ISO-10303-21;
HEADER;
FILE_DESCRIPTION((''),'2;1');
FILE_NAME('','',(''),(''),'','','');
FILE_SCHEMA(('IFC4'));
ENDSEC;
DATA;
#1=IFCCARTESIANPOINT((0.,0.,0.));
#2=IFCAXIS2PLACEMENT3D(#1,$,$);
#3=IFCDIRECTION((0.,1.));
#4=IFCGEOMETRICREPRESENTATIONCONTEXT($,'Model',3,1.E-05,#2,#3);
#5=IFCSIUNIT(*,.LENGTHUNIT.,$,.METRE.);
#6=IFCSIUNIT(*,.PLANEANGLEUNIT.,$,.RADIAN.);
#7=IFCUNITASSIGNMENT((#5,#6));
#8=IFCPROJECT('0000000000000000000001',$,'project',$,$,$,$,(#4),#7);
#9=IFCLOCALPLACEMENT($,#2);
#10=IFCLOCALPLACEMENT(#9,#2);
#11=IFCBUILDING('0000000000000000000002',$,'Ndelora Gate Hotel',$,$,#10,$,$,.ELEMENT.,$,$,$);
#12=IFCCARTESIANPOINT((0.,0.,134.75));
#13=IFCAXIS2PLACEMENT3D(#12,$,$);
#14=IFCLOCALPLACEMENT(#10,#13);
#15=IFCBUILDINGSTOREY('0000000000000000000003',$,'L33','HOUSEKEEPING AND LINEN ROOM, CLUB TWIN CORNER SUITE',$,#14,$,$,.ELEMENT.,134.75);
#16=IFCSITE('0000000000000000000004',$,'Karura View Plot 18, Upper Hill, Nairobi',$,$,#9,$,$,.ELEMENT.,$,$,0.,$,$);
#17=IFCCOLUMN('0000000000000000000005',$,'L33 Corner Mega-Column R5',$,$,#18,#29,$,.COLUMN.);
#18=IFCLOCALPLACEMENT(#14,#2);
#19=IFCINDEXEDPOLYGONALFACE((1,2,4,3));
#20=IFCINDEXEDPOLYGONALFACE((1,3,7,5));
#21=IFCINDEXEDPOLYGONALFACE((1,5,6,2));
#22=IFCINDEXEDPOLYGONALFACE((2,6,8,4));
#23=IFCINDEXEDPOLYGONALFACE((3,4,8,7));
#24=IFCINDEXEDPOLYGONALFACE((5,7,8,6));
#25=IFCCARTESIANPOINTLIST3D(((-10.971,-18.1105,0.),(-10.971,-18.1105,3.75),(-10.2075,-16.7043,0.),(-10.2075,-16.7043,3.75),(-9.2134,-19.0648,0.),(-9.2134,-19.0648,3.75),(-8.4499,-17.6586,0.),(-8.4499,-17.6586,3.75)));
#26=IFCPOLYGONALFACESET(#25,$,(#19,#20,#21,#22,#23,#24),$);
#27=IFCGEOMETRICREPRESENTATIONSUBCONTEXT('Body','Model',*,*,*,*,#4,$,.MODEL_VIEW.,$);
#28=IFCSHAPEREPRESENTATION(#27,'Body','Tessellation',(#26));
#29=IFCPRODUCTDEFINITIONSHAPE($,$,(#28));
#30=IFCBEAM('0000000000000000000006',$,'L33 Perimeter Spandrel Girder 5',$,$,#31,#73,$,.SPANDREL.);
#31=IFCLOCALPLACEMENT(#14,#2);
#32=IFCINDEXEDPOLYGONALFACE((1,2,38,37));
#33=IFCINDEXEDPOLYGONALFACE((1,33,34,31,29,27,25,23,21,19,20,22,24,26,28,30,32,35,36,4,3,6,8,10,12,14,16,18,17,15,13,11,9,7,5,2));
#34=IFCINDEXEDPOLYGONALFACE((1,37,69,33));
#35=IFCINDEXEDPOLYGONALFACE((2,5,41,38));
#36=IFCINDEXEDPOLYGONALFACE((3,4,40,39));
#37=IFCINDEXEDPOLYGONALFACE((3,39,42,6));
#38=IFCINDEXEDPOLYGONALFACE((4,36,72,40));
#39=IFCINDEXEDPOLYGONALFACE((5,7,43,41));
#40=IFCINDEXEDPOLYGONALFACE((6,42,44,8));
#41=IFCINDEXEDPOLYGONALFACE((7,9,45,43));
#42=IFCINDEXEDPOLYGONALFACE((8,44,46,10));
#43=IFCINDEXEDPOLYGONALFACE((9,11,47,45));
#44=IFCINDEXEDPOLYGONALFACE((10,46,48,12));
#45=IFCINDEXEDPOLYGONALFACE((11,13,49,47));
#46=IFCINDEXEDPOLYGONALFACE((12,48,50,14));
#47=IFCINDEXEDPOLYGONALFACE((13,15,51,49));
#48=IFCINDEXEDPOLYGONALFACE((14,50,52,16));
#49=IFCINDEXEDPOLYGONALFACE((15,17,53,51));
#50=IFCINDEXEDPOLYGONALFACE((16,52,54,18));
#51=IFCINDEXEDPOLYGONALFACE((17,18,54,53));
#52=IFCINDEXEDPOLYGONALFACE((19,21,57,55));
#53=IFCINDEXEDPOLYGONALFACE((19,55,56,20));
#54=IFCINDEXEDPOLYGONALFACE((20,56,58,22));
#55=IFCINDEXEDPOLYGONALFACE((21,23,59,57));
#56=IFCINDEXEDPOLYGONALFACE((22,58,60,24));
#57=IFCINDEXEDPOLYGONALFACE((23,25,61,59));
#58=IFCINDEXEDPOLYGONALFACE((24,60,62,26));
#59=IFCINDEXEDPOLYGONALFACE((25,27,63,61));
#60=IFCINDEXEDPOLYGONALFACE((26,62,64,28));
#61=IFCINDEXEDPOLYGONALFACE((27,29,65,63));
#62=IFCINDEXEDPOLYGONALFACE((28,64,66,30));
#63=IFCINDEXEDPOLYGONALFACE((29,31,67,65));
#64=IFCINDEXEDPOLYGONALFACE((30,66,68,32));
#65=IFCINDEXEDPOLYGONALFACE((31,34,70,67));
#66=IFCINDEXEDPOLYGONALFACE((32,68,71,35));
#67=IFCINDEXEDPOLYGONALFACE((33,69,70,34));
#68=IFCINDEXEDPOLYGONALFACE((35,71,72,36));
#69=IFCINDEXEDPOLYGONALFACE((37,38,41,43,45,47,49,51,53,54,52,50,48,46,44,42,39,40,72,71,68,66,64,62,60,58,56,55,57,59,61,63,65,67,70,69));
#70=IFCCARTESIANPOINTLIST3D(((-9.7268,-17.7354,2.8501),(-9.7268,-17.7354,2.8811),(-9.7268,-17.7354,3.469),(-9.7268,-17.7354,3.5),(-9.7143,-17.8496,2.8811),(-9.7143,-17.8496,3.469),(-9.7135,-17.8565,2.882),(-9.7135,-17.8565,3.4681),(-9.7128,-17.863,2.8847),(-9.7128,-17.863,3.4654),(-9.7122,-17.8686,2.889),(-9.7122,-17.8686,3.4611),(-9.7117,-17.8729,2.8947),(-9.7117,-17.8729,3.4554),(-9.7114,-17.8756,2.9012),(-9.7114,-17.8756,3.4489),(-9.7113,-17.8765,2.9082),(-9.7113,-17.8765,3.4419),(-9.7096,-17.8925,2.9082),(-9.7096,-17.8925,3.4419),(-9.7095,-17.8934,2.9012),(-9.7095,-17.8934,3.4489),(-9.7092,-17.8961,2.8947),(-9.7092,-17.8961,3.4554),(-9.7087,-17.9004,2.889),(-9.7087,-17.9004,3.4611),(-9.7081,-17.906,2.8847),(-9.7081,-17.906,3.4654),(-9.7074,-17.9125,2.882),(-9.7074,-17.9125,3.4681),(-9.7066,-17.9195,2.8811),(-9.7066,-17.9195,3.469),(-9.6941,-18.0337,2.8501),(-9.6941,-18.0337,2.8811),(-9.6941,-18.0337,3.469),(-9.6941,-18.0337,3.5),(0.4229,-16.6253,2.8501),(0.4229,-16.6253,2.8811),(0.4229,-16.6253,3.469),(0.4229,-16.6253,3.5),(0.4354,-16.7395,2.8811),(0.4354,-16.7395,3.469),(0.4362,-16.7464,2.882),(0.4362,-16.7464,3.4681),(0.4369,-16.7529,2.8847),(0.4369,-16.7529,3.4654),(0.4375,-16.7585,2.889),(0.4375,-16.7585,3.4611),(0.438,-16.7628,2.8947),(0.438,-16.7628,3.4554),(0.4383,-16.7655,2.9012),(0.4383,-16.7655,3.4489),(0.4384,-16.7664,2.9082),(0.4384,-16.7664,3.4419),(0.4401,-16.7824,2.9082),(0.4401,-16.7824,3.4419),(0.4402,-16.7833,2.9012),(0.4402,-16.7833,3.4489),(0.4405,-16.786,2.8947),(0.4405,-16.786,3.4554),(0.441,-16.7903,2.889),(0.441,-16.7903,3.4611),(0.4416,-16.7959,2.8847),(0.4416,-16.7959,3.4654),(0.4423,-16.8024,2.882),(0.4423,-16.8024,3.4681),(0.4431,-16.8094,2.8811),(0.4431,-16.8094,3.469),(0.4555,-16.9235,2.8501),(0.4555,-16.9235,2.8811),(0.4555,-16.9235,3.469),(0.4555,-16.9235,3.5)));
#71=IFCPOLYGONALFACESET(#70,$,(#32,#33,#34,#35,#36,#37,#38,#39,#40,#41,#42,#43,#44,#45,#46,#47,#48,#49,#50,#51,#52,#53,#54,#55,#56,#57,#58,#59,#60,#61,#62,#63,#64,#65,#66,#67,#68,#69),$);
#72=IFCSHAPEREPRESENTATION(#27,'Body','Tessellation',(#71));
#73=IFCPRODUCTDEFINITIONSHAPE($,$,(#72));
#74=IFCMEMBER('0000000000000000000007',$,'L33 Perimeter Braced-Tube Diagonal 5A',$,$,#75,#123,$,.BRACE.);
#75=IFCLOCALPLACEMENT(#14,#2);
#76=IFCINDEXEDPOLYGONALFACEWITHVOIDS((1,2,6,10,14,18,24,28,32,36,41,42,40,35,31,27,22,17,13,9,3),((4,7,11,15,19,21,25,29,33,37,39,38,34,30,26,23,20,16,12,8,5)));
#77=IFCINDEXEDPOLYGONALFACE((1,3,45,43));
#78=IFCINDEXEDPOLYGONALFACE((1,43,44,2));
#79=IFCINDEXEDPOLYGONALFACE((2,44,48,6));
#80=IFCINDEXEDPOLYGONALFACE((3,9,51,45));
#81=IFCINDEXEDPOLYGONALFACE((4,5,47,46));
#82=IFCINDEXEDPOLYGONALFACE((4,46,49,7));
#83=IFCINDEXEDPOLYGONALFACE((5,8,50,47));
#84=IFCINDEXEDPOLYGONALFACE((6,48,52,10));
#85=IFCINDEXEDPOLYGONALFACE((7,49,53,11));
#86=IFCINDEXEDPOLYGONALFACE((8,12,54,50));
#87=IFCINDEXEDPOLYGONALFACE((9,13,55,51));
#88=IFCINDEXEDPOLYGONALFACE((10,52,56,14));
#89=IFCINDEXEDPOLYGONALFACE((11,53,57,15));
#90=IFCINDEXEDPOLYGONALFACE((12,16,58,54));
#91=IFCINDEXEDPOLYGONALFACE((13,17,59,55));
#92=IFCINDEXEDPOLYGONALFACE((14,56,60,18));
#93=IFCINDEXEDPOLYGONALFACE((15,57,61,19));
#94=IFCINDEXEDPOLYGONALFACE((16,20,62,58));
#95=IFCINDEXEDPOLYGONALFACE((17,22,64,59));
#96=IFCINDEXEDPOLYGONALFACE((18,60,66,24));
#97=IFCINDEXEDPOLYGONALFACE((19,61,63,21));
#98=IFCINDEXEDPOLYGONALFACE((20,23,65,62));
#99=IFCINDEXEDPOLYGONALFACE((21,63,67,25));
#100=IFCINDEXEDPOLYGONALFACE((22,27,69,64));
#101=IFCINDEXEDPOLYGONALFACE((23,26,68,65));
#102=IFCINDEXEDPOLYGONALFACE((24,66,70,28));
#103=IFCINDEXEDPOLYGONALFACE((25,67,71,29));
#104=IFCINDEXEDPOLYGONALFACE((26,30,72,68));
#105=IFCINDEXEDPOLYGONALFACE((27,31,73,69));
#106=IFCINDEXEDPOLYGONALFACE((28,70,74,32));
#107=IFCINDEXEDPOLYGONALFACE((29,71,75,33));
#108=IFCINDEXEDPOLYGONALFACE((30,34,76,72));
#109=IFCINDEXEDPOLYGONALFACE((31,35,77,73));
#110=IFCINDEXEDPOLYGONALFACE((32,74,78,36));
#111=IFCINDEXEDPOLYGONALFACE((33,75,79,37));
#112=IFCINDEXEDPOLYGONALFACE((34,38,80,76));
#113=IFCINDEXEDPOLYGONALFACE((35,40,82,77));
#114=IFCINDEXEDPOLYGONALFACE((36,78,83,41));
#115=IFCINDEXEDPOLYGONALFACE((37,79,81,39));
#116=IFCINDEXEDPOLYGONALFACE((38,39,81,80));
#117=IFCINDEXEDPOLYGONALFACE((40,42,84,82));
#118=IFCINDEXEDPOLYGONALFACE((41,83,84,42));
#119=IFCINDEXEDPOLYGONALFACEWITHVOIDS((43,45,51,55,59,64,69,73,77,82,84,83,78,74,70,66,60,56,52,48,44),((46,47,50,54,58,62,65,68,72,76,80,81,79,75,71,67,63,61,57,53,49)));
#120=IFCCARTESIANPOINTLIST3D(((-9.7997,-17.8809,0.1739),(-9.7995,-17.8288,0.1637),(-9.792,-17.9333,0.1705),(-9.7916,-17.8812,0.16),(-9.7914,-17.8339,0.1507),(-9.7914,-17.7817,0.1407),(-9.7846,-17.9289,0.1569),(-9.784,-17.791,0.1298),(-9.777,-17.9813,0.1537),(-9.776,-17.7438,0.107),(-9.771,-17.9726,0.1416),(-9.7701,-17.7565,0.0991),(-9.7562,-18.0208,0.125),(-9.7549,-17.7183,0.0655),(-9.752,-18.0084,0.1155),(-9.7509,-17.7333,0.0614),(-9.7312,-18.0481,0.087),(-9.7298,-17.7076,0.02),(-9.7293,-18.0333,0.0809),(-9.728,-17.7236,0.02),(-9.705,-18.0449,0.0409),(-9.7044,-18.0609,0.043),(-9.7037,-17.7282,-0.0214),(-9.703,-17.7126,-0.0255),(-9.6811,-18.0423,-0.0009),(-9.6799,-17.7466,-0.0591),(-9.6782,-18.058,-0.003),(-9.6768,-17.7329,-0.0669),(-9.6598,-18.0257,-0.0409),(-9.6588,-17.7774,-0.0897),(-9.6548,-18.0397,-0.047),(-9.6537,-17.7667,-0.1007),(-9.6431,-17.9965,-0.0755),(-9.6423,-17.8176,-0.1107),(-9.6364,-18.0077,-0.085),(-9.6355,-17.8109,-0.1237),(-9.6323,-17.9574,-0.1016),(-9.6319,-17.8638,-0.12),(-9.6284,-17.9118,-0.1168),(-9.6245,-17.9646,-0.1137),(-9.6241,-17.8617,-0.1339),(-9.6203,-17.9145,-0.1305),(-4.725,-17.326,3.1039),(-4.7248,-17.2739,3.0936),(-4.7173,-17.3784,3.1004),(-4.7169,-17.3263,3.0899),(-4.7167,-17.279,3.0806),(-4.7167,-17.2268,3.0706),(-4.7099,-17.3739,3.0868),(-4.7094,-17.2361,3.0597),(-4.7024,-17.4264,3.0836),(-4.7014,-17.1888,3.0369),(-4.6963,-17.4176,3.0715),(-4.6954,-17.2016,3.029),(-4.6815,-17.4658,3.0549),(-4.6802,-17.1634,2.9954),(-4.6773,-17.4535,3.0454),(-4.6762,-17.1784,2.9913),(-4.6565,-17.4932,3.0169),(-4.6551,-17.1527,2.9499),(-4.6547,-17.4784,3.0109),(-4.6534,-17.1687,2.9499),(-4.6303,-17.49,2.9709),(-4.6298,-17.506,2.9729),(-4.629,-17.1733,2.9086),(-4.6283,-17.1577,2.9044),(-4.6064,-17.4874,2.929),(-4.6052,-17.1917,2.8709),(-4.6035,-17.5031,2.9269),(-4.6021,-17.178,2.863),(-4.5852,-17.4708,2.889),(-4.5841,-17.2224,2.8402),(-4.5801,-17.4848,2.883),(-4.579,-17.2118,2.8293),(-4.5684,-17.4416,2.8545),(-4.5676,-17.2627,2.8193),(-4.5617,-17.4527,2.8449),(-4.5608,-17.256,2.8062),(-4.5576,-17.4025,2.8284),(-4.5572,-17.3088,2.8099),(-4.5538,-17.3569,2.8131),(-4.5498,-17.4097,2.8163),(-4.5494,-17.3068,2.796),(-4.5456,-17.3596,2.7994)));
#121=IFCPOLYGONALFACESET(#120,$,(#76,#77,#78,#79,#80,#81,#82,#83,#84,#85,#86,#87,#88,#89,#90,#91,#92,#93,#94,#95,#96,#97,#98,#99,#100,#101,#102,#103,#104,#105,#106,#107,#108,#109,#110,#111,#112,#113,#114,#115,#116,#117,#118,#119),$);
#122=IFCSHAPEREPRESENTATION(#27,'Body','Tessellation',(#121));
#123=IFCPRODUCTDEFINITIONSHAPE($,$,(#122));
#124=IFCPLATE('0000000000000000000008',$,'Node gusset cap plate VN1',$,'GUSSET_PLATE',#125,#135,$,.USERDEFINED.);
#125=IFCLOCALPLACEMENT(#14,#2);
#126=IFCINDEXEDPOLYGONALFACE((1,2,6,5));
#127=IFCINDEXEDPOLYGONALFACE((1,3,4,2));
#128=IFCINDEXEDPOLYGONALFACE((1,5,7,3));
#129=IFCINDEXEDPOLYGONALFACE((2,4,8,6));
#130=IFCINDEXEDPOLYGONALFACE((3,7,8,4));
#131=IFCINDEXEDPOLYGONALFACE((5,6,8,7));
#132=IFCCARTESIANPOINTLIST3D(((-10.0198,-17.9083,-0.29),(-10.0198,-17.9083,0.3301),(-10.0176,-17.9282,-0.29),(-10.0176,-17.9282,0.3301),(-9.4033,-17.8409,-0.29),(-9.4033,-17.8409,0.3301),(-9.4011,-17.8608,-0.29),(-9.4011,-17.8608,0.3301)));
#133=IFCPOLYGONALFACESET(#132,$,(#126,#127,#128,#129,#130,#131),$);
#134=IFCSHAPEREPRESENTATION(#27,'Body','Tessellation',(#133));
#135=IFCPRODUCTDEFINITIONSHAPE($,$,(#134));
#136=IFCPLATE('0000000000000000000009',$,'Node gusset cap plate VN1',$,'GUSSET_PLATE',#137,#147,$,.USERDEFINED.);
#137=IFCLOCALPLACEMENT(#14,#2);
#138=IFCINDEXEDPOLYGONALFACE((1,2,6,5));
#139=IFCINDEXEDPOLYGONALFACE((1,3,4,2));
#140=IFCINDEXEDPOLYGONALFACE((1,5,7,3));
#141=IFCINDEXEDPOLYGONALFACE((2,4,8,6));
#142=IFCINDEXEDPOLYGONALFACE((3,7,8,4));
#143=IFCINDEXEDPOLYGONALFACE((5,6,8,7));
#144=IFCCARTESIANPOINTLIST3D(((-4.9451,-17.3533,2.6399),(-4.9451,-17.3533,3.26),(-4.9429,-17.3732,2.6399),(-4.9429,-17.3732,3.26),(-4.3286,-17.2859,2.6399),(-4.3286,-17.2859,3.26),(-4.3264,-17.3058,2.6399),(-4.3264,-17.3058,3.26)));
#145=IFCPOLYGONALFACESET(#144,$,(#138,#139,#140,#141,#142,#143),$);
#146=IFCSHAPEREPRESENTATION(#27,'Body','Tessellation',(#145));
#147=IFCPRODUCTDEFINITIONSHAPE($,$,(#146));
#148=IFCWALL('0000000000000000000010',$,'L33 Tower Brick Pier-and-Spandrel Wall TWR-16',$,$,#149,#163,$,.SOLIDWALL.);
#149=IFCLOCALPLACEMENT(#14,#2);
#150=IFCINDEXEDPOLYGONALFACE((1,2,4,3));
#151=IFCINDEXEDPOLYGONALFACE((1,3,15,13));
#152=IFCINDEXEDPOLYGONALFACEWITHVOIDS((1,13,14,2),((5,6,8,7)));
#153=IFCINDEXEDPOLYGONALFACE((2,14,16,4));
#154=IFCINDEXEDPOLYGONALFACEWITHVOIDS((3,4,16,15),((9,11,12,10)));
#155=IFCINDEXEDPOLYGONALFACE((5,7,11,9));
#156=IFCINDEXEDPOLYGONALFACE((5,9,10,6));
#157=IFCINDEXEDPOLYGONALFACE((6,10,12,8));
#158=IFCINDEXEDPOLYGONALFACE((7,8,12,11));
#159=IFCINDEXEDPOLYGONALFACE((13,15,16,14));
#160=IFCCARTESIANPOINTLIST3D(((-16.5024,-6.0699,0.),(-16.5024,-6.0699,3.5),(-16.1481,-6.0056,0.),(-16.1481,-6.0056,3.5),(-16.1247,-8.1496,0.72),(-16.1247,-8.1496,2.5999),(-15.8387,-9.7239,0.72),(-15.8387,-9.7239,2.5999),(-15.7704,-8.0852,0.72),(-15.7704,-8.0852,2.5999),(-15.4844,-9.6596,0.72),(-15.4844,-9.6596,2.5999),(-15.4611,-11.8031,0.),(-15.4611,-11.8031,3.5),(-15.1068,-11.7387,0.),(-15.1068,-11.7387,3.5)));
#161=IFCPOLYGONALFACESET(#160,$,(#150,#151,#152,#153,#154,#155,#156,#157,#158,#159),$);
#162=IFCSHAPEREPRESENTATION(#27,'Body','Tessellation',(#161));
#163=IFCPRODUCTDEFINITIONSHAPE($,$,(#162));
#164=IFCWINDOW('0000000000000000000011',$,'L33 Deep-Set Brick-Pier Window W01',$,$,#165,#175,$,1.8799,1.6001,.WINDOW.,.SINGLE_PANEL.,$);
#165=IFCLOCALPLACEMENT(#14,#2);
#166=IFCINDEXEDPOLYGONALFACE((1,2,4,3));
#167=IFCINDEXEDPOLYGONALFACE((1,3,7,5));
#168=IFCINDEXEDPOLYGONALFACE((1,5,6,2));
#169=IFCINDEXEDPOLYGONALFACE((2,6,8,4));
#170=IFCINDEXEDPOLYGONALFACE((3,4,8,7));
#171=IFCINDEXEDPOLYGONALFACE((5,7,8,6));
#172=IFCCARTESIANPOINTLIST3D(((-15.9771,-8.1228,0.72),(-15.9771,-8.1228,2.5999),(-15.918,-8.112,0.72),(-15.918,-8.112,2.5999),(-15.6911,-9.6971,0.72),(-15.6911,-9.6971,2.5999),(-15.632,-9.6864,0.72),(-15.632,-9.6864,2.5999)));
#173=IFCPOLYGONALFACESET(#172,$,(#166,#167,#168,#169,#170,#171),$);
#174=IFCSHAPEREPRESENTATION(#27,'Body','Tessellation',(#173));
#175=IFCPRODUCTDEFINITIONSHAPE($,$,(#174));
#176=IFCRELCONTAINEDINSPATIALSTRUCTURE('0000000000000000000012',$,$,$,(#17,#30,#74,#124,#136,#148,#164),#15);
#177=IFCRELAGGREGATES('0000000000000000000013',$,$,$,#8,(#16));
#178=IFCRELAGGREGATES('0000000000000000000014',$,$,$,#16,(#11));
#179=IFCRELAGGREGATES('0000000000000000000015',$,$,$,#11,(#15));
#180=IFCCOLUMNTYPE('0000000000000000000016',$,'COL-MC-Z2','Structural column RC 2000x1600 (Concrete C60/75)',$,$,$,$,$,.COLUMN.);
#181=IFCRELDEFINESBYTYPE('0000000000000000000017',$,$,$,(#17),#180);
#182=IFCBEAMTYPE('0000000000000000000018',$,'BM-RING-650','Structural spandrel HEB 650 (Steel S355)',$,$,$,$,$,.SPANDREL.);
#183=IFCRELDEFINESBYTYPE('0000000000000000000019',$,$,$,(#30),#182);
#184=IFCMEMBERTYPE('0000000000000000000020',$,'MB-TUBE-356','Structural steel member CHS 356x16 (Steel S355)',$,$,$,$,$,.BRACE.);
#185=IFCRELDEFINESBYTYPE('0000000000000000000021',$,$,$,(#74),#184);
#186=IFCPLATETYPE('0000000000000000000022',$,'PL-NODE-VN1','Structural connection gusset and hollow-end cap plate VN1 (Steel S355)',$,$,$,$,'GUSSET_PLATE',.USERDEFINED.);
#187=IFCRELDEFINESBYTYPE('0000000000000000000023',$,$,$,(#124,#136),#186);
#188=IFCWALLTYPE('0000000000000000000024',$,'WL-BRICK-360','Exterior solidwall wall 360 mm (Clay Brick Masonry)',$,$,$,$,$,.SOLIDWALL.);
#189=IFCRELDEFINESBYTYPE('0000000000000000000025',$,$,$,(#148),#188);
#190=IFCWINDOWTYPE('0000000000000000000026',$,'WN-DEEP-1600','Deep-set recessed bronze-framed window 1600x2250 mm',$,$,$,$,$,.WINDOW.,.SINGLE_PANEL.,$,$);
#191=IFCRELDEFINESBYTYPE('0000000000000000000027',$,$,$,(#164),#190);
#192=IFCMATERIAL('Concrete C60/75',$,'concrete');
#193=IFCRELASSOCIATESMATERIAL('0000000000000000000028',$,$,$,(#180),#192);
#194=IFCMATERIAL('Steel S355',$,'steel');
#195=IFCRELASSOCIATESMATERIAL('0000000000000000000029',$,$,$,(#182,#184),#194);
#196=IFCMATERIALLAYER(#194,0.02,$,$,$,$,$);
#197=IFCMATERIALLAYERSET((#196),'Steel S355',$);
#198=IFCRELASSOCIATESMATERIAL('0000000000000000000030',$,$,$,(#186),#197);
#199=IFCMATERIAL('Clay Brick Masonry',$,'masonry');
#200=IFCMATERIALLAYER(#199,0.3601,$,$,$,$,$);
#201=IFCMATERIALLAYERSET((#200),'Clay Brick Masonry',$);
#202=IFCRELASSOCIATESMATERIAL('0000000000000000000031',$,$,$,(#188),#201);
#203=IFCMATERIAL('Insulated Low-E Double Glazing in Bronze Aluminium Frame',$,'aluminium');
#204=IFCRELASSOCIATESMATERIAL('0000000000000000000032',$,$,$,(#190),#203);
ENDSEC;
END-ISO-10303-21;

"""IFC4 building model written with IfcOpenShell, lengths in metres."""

from ifc_helpers import new_model, si_unit, direction, frame, frame_2d, origin, origin_2d, place, context, subcontext, project, spatial, rectangle, hollow_circle, i_section, extrude, material, layer, layer_set, material_profile, profile_set, type_object, element, fill, save


model = new_model("IFC4")

# Units and contexts
model_context = context("Model", 3, precision=1e-05, world=origin(), true_north=direction((0.0, 1.0)))
body_context = subcontext(model_context, "Body", "Model", "MODEL_VIEW")
ifc_project = project(units=[si_unit("LENGTHUNIT", "METRE"), si_unit("PLANEANGLEUNIT", "RADIAN")], contexts=[model_context])

# Site, building, storey
site_placement = place(None, origin())
site = spatial("IfcSite", under=ifc_project, at=site_placement, Name="Karura View Plot 18, Upper Hill, Nairobi", CompositionType="ELEMENT", RefElevation=0.0)
building_placement = place(site_placement, origin())
building = spatial("IfcBuilding", under=site, at=building_placement, Name="Ndelora Gate Hotel", CompositionType="ELEMENT")
storey_placement = place(building_placement, frame((0.0, 0.0, 134.75)))
storey = spatial("IfcBuildingStorey", under=building, at=storey_placement, Name="L33", Description="HOUSEKEEPING AND LINEN ROOM, CLUB TWIN CORNER SUITE", CompositionType="ELEMENT", Elevation=134.75)

# Column
ifc_material_1 = material(Name="Concrete C60/75", Category="concrete")
ifc_material_profile_1 = material_profile(ifc_material_1, rectangle(XDim=1.6001, YDim=2.0, at=origin_2d()), Name="RC 2000x1600")
ifc_profile_set_1 = profile_set([ifc_material_profile_1], Name="Concrete C60/75")
column_type = type_object("IfcColumnType", Name="COL-MC-Z2", Description="Structural column RC 2000x1600 (Concrete C60/75)", PredefinedType="COLUMN", material=ifc_profile_set_1)
column_placement = place(storey_placement, frame((-9.7104, -17.8845, 0.0), z_axis=(0.0, 0.0, 1.0), x_axis=(0.477159, 0.878817, 0.0)))
element("IfcColumn", 1, at=column_placement, inside=storey, type_object=column_type, Name="L33 Corner Mega-Column R5", PredefinedType="COLUMN", context=body_context, shape_type="SweptSolid", body=[
    extrude(rectangle(XDim=1.6001, YDim=2.0, at=origin_2d()), origin(), (0.0, 0.0, 1.0), 3.75),
])

# Beam
ifc_material_2 = material(Name="Steel S355", Category="steel")
ifc_material_profile_2 = material_profile(ifc_material_2, i_section(OverallWidth=0.3, OverallDepth=0.6499, WebThickness=0.0161, FlangeThickness=0.031, FilletRadius=0.0271, at=origin_2d()), Name="HEB 650")
ifc_profile_set_2 = profile_set([ifc_material_profile_2], Name="Steel S355")
beam_type = type_object("IfcBeamType", Name="BM-RING-650", Description="Structural spandrel HEB 650 (Steel S355)", PredefinedType="SPANDREL", material=ifc_profile_set_2)
beam_placement = place(storey_placement, frame((-9.7104, -17.8845, 3.175), z_axis=(0.994072, 0.108725, 0.0), x_axis=(-0.108725, 0.994072, 0.0)))
element("IfcBeam", 2, at=beam_placement, inside=storey, type_object=beam_type, Name="L33 Perimeter Spandrel Girder 5", PredefinedType="SPANDREL", context=body_context, shape_type="SweptSolid", body=[
    extrude(i_section(OverallWidth=0.3, OverallDepth=0.6499, WebThickness=0.0161, FlangeThickness=0.031, FilletRadius=0.0271, at=origin_2d()), origin(), (0.0, 0.0, 1.0), 10.2102),
])

# Member
ifc_material_profile_3 = material_profile(ifc_material_2, hollow_circle(Radius=0.178, WallThickness=0.0161, at=origin_2d()), Name="CHS 356x16")
ifc_profile_set_3 = profile_set([ifc_material_profile_3], Name="Steel S355")
member_type = type_object("IfcMemberType", Name="MB-TUBE-356", Description="Structural steel member CHS 356x16 (Steel S355)", PredefinedType="BRACE", material=ifc_profile_set_3)
member_placement = place(storey_placement, frame((-9.7104, -17.8845, 0.02), z_axis=(0.862164, 0.09428, 0.497779), x_axis=(-0.108704, 0.994074, 0.0)))
element("IfcMember", 3, at=member_placement, inside=storey, type_object=member_type, Name="L33 Perimeter Braced-Tube Diagonal 5A", PredefinedType="BRACE", context=body_context, shape_type="SweptSolid", body=[
    extrude(hollow_circle(Radius=0.178, WallThickness=0.0161, at=origin_2d()), origin(), (0.0, 0.0, 1.0), 5.886),
])

# Plates
ifc_layer_1 = layer(ifc_material_2, 0.02)
ifc_layer_set_1 = layer_set([ifc_layer_1], Name="Steel S355")
plate_type = type_object("IfcPlateType", Name="PL-NODE-VN1", Description="Structural connection gusset and hollow-end cap plate VN1 (Steel S355)", ElementType="GUSSET_PLATE", PredefinedType="USERDEFINED", material=ifc_layer_set_1)
for number, where, z_axis, x_axis, name in (
    (4, (-9.7104, -17.8845, -0.29), (0.0, 0.0, 1.0), (0.994075, 0.108693, 0.0), "Node gusset cap plate VN1"),
    (5, (-4.6357, -17.3296, 2.6399), (0.0, 0.0, 1.0), (0.994075, 0.108693, 0.0), "Node gusset cap plate VN1"),
):
    element("IfcPlate", number, at=place(storey_placement, frame(where, z_axis=z_axis, x_axis=x_axis)), inside=storey, type_object=plate_type, Name=name, ObjectType="GUSSET_PLATE", PredefinedType="USERDEFINED", context=body_context, shape_type="SweptSolid", body=[
        extrude(rectangle(XDim=0.6201, YDim=0.02, at=origin_2d()), origin(), (0.0, 0.0, 1.0), 0.6201),
    ])

# Wall, opening, window
ifc_material_3 = material(Name="Clay Brick Masonry", Category="masonry")
ifc_layer_2 = layer(ifc_material_3, 0.3601)
ifc_layer_set_2 = layer_set([ifc_layer_2], Name="Clay Brick Masonry")
wall_type = type_object("IfcWallType", Name="WL-BRICK-360", Description="Exterior solidwall wall 360 mm (Clay Brick Masonry)", PredefinedType="SOLIDWALL", material=ifc_layer_set_2)
wall_1_placement = place(storey_placement, frame((-15.2839, -11.771, 0.0), z_axis=(0.0, 0.0, 1.0), x_axis=(-0.178697, 0.983904, 0.0)))
wall_1 = element("IfcWall", 6, at=wall_1_placement, inside=storey, type_object=wall_type, Name="L33 Tower Brick Pier-and-Spandrel Wall TWR-16", PredefinedType="SOLIDWALL", context=body_context, shape_type="SweptSolid", body=[
    extrude(rectangle(XDim=5.8269, YDim=0.3601, at=frame_2d((2.9136, 0.0))), origin(), (0.0, 0.0, 1.0), 3.5),
])
opening_1_placement = place(wall_1_placement, frame((2.1133, 0.0, 0.72)))
opening_1 = element("IfcOpeningElement", 7, at=opening_1_placement, cuts=wall_1, PredefinedType="OPENING", context=body_context, shape_type="SweptSolid", body=[
    extrude(rectangle(XDim=1.6001, YDim=1.8799, at=frame_2d((0.8, 0.9399))), frame((0.0, 0.1899, 0.0), z_axis=(0.0, -1.0, 0.0), x_axis=(1.0, 0.0, 0.0)), (0.0, 0.0, 1.0), 0.3801),
])
ifc_material_4 = material(Name="Insulated Low-E Double Glazing in Bronze Aluminium Frame", Category="aluminium")
window_type_1 = type_object("IfcWindowType", Name="WN-DEEP-1600", Description="Deep-set recessed bronze-framed window 1600x2250 mm", PartitioningType="SINGLE_PANEL", PredefinedType="WINDOW", material=ifc_material_4)
window_1_placement = place(opening_1_placement, origin())
window_1 = element("IfcWindow", 8, at=window_1_placement, inside=storey, type_object=window_type_1, Name="L33 Deep-Set Brick-Pier Window W01", OverallHeight=1.8799, OverallWidth=1.6001, PartitioningType="SINGLE_PANEL", PredefinedType="WINDOW", context=body_context, shape_type="SweptSolid", body=[
    extrude(rectangle(XDim=1.6001, YDim=1.8799, at=frame_2d((0.8, 0.9399))), frame((0.0, 0.03, 0.0), z_axis=(0.0, -1.0, 0.0), x_axis=(1.0, 0.0, 0.0)), (0.0, 0.0, 1.0), 0.0601),
])
fill(opening_1, window_1)

save(model, "model.ifc")
